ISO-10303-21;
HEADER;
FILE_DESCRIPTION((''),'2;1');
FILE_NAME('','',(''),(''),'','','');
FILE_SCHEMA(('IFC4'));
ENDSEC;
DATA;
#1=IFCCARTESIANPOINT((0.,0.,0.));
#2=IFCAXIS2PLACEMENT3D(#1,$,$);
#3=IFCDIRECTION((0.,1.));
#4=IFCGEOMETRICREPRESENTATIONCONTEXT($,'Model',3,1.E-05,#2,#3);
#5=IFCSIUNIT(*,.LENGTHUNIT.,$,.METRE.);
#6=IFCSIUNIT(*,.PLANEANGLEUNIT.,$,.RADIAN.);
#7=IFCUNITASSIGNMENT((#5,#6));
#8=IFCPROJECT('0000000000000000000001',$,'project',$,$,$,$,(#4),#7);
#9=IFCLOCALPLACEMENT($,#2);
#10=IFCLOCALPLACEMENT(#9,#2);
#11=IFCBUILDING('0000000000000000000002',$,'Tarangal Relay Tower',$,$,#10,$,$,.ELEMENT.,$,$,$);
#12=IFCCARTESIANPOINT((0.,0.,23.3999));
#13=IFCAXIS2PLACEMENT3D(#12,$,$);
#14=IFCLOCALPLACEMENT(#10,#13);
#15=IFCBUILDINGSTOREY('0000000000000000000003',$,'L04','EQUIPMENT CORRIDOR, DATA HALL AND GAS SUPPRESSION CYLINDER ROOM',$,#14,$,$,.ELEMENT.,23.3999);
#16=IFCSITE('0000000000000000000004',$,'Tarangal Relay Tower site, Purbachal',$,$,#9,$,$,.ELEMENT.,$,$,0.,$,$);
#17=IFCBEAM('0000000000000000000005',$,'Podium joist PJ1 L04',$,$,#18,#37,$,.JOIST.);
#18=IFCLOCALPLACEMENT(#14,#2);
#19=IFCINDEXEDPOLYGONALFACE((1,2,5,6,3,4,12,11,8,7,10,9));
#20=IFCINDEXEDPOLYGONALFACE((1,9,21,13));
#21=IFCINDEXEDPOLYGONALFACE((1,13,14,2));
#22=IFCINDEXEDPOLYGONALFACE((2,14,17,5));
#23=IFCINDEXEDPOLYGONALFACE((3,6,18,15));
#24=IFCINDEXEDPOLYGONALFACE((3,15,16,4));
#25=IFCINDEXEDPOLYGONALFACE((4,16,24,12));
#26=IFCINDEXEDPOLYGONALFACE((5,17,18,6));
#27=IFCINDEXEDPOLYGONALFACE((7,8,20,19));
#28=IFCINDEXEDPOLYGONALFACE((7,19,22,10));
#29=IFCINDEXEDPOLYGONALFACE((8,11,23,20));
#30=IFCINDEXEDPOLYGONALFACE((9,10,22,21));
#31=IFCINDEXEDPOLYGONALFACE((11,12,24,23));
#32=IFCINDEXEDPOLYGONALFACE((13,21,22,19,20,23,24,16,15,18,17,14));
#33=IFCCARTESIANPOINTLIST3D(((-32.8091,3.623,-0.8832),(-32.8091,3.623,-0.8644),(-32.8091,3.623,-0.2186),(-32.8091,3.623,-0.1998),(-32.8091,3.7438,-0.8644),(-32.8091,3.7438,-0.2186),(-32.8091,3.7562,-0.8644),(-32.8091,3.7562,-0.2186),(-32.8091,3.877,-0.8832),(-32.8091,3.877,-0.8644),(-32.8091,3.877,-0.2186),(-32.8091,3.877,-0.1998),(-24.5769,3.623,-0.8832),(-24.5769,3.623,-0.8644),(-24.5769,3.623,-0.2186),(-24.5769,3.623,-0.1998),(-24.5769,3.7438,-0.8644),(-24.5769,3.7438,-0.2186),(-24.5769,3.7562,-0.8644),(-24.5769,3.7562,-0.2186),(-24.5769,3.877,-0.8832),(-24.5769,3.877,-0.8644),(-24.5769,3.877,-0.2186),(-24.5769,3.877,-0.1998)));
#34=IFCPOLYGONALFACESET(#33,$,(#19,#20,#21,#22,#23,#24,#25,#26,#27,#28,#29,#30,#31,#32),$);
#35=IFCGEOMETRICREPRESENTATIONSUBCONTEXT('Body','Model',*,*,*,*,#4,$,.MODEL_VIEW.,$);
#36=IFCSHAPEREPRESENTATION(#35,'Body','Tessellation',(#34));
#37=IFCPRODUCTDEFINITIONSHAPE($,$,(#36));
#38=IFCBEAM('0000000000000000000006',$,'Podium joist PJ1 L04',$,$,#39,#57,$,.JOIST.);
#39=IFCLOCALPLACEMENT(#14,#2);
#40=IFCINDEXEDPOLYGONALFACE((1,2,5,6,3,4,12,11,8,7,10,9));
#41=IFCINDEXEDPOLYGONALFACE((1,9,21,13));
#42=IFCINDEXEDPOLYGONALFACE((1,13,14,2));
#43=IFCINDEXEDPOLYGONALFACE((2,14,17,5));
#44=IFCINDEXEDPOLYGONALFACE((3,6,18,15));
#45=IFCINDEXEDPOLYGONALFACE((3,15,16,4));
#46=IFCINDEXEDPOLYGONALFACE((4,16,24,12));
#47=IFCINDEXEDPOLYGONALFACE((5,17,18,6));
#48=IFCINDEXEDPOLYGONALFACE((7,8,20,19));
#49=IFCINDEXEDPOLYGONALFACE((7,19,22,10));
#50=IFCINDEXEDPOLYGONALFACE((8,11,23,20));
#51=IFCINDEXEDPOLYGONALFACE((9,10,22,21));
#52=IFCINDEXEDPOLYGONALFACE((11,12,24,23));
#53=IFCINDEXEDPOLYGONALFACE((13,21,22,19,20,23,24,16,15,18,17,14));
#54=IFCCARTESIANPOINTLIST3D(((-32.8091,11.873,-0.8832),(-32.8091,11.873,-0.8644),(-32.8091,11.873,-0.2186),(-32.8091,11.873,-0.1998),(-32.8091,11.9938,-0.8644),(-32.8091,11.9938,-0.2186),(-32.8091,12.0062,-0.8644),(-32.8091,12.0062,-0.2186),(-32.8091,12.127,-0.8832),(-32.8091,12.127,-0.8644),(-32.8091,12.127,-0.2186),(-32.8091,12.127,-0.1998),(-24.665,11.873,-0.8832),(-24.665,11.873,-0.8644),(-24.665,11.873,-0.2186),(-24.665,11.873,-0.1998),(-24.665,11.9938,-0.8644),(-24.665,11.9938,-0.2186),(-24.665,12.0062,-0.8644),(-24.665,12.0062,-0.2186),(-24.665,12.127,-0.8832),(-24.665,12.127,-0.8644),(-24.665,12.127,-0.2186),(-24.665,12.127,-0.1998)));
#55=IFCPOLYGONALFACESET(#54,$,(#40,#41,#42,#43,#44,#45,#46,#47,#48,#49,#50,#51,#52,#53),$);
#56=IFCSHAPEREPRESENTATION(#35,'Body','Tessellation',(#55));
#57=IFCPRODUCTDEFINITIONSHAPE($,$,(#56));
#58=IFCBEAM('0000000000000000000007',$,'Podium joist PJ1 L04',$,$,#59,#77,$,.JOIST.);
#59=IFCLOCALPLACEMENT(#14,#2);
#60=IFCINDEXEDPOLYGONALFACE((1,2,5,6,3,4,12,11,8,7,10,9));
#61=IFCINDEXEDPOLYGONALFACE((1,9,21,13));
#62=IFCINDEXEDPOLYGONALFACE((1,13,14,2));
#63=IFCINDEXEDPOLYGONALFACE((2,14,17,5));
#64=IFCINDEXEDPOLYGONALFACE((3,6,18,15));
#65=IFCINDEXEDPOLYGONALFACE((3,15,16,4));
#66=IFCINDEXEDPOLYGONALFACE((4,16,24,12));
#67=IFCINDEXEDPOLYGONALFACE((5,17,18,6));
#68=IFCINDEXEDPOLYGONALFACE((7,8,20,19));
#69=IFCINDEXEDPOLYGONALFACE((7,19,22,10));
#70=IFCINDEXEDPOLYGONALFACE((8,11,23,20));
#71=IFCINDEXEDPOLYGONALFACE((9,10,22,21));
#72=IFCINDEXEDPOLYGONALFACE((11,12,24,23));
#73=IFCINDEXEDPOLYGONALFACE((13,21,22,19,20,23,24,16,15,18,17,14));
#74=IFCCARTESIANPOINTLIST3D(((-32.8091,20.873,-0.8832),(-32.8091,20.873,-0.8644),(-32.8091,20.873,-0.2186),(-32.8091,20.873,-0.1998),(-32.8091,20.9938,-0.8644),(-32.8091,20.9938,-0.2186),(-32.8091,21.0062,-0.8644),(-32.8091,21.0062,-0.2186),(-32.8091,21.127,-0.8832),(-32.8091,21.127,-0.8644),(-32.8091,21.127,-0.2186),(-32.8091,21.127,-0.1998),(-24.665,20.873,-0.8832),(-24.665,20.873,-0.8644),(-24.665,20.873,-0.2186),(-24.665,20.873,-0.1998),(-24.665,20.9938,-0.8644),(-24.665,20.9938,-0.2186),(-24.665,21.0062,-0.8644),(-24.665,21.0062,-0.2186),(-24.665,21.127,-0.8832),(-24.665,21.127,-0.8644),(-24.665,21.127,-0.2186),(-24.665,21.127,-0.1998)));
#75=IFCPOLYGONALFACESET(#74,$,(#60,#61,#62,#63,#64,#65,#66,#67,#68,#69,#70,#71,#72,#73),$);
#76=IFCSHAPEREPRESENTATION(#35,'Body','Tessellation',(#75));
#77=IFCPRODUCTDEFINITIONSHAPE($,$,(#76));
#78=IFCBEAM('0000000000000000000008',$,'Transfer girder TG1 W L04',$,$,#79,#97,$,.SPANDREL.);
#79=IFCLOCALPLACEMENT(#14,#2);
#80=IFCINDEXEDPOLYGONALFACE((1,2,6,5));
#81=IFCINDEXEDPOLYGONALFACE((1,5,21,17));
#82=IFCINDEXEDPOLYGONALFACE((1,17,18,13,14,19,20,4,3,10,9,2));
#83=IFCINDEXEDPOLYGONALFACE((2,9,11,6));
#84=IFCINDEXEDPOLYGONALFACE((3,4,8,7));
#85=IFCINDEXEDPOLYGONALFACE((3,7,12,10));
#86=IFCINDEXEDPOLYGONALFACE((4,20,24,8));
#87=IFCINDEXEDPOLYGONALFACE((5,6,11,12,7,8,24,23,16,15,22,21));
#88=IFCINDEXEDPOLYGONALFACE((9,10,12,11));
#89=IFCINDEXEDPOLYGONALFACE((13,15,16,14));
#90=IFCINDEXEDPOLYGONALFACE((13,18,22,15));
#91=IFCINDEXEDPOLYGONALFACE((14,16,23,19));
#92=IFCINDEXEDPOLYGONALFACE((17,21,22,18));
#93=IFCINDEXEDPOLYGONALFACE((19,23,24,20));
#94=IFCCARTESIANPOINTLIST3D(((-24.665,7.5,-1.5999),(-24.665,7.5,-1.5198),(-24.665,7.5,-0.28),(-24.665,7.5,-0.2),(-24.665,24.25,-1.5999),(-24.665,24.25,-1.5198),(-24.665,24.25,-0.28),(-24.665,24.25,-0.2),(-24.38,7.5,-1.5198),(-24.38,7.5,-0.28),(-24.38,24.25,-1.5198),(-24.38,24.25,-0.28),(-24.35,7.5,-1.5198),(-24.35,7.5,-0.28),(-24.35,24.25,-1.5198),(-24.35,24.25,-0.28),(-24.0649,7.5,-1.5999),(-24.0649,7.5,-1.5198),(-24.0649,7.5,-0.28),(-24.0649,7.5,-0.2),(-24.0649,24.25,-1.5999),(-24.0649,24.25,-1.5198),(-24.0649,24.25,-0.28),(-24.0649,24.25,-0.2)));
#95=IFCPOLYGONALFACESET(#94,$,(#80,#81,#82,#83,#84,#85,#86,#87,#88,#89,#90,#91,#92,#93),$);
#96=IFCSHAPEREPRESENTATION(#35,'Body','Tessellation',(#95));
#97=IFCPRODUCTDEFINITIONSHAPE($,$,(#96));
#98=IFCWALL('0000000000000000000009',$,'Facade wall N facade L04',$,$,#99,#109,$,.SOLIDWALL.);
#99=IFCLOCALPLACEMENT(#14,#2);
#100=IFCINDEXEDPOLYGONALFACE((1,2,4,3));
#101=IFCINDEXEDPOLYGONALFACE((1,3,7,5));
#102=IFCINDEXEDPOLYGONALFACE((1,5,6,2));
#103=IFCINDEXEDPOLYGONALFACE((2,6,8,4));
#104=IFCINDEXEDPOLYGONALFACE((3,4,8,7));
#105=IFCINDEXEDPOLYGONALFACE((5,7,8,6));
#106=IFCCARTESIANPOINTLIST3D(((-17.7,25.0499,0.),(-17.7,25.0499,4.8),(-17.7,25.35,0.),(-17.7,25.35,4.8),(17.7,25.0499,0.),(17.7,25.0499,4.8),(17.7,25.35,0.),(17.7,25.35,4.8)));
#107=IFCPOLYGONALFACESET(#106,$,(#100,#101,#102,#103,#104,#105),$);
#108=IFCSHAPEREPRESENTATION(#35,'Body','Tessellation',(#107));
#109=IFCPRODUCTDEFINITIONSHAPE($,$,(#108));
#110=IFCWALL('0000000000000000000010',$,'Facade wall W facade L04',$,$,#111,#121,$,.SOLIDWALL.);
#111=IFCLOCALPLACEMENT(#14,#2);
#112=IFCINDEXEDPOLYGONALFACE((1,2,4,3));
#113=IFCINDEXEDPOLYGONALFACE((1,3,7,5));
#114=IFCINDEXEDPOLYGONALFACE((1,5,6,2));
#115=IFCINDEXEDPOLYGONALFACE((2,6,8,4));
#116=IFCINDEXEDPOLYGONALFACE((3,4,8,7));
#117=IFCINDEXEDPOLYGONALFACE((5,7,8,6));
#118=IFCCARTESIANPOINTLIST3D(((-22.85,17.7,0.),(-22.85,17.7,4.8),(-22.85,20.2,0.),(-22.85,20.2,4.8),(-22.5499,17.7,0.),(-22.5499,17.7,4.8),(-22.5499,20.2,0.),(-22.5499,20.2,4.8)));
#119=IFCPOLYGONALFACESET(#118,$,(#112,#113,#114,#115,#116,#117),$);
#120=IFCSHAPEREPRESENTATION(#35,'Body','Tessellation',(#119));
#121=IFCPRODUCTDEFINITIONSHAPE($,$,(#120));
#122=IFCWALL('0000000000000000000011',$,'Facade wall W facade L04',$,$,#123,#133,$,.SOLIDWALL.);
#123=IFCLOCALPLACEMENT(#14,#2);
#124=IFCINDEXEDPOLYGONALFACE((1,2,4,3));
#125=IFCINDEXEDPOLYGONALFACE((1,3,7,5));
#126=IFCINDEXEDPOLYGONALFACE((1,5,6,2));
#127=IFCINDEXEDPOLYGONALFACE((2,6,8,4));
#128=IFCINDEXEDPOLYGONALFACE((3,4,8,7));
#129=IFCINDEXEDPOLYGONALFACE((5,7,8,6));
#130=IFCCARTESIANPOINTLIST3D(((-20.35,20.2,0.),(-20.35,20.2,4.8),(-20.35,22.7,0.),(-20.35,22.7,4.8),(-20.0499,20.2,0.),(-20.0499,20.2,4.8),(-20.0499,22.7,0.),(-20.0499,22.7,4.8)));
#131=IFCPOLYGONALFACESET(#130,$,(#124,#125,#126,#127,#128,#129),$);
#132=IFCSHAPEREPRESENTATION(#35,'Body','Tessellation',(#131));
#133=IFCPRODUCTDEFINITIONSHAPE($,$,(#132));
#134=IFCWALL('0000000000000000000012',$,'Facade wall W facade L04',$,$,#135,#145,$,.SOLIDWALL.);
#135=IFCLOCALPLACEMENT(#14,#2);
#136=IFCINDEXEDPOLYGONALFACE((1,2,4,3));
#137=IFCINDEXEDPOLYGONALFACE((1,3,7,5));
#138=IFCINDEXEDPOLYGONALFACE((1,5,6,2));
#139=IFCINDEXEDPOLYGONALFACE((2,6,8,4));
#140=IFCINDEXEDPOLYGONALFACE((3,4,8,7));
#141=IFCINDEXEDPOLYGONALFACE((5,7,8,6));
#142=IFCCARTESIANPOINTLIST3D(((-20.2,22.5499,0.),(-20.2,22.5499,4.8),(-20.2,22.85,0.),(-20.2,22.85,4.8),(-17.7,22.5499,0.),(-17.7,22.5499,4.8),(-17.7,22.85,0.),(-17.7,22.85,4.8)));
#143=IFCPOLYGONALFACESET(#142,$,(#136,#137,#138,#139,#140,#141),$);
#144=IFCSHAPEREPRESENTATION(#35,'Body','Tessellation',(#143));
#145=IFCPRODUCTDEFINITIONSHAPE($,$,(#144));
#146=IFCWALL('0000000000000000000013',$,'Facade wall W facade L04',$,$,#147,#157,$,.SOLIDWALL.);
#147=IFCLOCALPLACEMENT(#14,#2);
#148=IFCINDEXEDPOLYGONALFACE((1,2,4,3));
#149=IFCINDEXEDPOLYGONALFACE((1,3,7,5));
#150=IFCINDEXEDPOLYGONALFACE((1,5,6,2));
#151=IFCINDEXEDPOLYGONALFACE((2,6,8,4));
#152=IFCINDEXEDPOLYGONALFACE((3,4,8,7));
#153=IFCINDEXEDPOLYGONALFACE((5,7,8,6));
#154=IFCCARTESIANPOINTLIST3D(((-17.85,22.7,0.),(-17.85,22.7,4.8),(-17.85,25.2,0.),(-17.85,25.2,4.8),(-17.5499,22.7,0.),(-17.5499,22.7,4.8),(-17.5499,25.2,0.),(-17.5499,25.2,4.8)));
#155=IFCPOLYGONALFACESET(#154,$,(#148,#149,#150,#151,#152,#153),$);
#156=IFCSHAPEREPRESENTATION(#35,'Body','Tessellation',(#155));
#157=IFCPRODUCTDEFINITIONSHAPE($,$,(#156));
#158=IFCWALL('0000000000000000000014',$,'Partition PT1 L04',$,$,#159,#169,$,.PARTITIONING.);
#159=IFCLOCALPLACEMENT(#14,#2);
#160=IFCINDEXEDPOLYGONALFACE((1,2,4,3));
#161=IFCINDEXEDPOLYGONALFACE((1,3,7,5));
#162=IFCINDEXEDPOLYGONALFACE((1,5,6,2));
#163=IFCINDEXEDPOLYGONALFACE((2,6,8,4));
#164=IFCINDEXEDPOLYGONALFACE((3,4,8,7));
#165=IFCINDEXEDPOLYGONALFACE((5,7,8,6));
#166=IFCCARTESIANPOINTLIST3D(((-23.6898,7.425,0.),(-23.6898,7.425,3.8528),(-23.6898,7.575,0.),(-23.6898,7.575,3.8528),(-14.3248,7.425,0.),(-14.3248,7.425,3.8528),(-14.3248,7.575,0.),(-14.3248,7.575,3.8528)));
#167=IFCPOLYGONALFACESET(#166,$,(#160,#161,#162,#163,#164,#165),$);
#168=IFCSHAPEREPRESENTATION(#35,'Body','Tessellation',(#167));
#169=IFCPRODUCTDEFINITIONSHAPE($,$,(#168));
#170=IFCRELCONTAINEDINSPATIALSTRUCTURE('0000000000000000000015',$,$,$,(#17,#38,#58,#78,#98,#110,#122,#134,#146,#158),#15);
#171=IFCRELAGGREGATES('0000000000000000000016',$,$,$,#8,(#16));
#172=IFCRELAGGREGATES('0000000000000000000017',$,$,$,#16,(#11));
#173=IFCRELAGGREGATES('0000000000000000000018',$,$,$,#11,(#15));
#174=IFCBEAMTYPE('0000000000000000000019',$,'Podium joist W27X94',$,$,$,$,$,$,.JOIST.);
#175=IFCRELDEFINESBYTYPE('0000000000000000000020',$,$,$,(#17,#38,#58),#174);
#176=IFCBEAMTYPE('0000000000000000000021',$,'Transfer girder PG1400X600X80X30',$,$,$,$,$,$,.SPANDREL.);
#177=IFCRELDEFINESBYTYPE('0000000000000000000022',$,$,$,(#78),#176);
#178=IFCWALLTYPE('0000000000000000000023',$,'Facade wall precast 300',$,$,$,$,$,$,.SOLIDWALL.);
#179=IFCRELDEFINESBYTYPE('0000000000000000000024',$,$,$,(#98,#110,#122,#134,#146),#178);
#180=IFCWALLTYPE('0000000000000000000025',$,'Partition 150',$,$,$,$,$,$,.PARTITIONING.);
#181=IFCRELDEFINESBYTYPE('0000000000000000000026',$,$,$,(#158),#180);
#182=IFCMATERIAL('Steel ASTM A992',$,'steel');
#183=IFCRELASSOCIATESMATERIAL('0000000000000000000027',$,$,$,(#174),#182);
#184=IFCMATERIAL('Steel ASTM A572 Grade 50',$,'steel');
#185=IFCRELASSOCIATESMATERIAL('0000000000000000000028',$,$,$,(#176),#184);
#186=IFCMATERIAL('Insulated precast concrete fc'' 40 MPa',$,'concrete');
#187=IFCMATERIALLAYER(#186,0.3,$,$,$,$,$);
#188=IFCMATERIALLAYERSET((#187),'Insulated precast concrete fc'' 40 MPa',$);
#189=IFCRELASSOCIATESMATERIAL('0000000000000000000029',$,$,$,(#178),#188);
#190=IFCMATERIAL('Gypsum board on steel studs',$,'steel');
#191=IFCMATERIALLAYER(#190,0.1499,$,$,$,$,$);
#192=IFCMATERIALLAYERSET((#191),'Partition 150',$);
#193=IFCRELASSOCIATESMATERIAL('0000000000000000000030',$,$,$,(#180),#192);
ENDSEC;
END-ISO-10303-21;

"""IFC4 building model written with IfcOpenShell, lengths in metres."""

from ifc_helpers import new_model, si_unit, direction, frame, frame_2d, origin, origin_2d, place, context, subcontext, project, spatial, rectangle, i_section, extrude, material, layer, layer_set, material_profile, profile_set, type_object, element, save


model = new_model("IFC4")

# Units and contexts
model_context = context("Model", 3, precision=1e-05, world=origin(), true_north=direction((0.0, 1.0)))
body_context = subcontext(model_context, "Body", "Model", "MODEL_VIEW")
ifc_project = project(units=[si_unit("LENGTHUNIT", "METRE"), si_unit("PLANEANGLEUNIT", "RADIAN")], contexts=[model_context])

# Site, building, storey
site_placement = place(None, origin())
site = spatial("IfcSite", under=ifc_project, at=site_placement, Name="Tarangal Relay Tower site, Purbachal", CompositionType="ELEMENT", RefElevation=0.0)
building_placement = place(site_placement, origin())
building = spatial("IfcBuilding", under=site, at=building_placement, Name="Tarangal Relay Tower", CompositionType="ELEMENT")
storey_placement = place(building_placement, frame((0.0, 0.0, 23.3999)))
storey = spatial("IfcBuildingStorey", under=building, at=storey_placement, Name="L04", Description="EQUIPMENT CORRIDOR, DATA HALL AND GAS SUPPRESSION CYLINDER ROOM", CompositionType="ELEMENT", Elevation=23.3999)

# Shared definitions
ifc_material_1 = material(Name="Steel ASTM A572 Grade 50", Category="steel")

# Beams
ifc_material_2 = material(Name="Steel ASTM A992", Category="steel")
ifc_material_profile_1 = material_profile(ifc_material_2, i_section(OverallWidth=0.2539, OverallDepth=0.6833, WebThickness=0.0125, FlangeThickness=0.0188, at=origin_2d()), Name="W27X94")
ifc_profile_set_1 = profile_set([ifc_material_profile_1], Name="Steel ASTM A992")
beam_type_1 = type_object("IfcBeamType", Name="Podium joist W27X94", PredefinedType="JOIST", material=ifc_profile_set_1)
beam_1_placement = place(storey_placement, frame((-24.5769, 3.75, -0.5415), z_axis=(-1.0, 0.0, 0.0), x_axis=(0.0, -1.0, 0.0)))
element("IfcBeam", 1, at=beam_1_placement, inside=storey, type_object=beam_type_1, Name="Podium joist PJ1 L04", PredefinedType="JOIST", context=body_context, shape_type="SweptSolid", body=[
    extrude(i_section(OverallWidth=0.2539, OverallDepth=0.6833, WebThickness=0.0125, FlangeThickness=0.0188, at=origin_2d()), origin(), (0.0, 0.0, 1.0), 8.2322),
])
for number, where, z_axis, x_axis, name in (
    (2, (-24.665, 12.0, -0.5415), (-1.0, 0.0, 0.0), (0.0, -1.0, 0.0), "Podium joist PJ1 L04"),
    (3, (-24.665, 21.0, -0.5415), (-1.0, 0.0, 0.0), (0.0, -1.0, 0.0), "Podium joist PJ1 L04"),
):
    element("IfcBeam", number, at=place(storey_placement, frame(where, z_axis=z_axis, x_axis=x_axis)), inside=storey, type_object=beam_type_1, Name=name, PredefinedType="JOIST", context=body_context, shape_type="SweptSolid", body=[
        extrude(i_section(OverallWidth=0.2539, OverallDepth=0.6833, WebThickness=0.0125, FlangeThickness=0.0188, at=origin_2d()), origin(), (0.0, 0.0, 1.0), 8.144),
    ])
ifc_material_profile_2 = material_profile(ifc_material_1, i_section(OverallWidth=0.6001, OverallDepth=1.3999, WebThickness=0.03, FlangeThickness=0.0801, at=origin_2d()), Name="PG1400X600X80X30")
ifc_profile_set_2 = profile_set([ifc_material_profile_2], Name="Steel ASTM A572 Grade 50")
beam_type_2 = type_object("IfcBeamType", Name="Transfer girder PG1400X600X80X30", PredefinedType="SPANDREL", material=ifc_profile_set_2)
beam_2_placement = place(storey_placement, frame((-24.365, 7.5, -0.8999), z_axis=(0.0, 1.0, 0.0), x_axis=(-1.0, 0.0, 0.0)))
element("IfcBeam", 4, at=beam_2_placement, inside=storey, type_object=beam_type_2, Name="Transfer girder TG1 W L04", PredefinedType="SPANDREL", context=body_context, shape_type="SweptSolid", body=[
    extrude(i_section(OverallWidth=0.6001, OverallDepth=1.3999, WebThickness=0.03, FlangeThickness=0.0801, at=origin_2d()), origin(), (0.0, 0.0, 1.0), 16.75),
])

# Walls
ifc_material_3 = material(Name="Insulated precast concrete fc' 40 MPa", Category="concrete")
ifc_layer_1 = layer(ifc_material_3, 0.3)
ifc_layer_set_1 = layer_set([ifc_layer_1], Name="Insulated precast concrete fc' 40 MPa")
wall_type_1 = type_object("IfcWallType", Name="Facade wall precast 300", PredefinedType="SOLIDWALL", material=ifc_layer_set_1)
wall_1_placement = place(storey_placement, frame((-17.7, 25.2, 0.0), z_axis=(0.0, 0.0, 1.0), x_axis=(1.0, 0.0, 0.0)))
element("IfcWall", 5, at=wall_1_placement, inside=storey, type_object=wall_type_1, Name="Facade wall N facade L04", PredefinedType="SOLIDWALL", context=body_context, shape_type="SweptSolid", body=[
    extrude(rectangle(XDim=35.3999, YDim=0.3, at=frame_2d((17.7, 0.0))), origin(), (0.0, 0.0, 1.0), 4.8),
])
wall_2_placement = place(storey_placement, frame((-22.7, 17.7, 0.0), z_axis=(0.0, 0.0, 1.0), x_axis=(0.0, 1.0, 0.0)))
element("IfcWall", 6, at=wall_2_placement, inside=storey, type_object=wall_type_1, Name="Facade wall W facade L04", PredefinedType="SOLIDWALL", context=body_context, shape_type="SweptSolid", body=[
    extrude(rectangle(XDim=2.5, YDim=0.3, at=frame_2d((1.25, 0.0))), origin(), (0.0, 0.0, 1.0), 4.8),
])

# Walls
for number, where, z_axis, x_axis, name in (
    (7, (-20.2, 20.2, 0.0), (0.0, 0.0, 1.0), (0.0, 1.0, 0.0), "Facade wall W facade L04"),
    (8, (-20.2, 22.7, 0.0), (0.0, 0.0, 1.0), (1.0, 0.0, 0.0), "Facade wall W facade L04"),
    (9, (-17.7, 22.7, 0.0), (0.0, 0.0, 1.0), (0.0, 1.0, 0.0), "Facade wall W facade L04"),
):
    element("IfcWall", number, at=place(storey_placement, frame(where, z_axis=z_axis, x_axis=x_axis)), inside=storey, type_object=wall_type_1, Name=name, PredefinedType="SOLIDWALL", context=body_context, shape_type="SweptSolid", body=[
        extrude(rectangle(XDim=2.5, YDim=0.3, at=frame_2d((1.25, 0.0))), origin(), (0.0, 0.0, 1.0), 4.8),
    ])
ifc_material_4 = material(Name="Gypsum board on steel studs", Category="steel")
ifc_layer_2 = layer(ifc_material_4, 0.1499)
ifc_layer_set_2 = layer_set([ifc_layer_2], Name="Partition 150")
wall_type_2 = type_object("IfcWallType", Name="Partition 150", PredefinedType="PARTITIONING", material=ifc_layer_set_2)
wall_3_placement = place(storey_placement, frame((-23.6899, 7.5, 0.0), z_axis=(0.0, 0.0, 1.0), x_axis=(1.0, 0.0, 0.0)))
element("IfcWall", 10, at=wall_3_placement, inside=storey, type_object=wall_type_2, Name="Partition PT1 L04", PredefinedType="PARTITIONING", context=body_context, shape_type="SweptSolid", body=[
    extrude(rectangle(XDim=9.365, YDim=0.1499, at=frame_2d((4.6826, 0.0))), origin(), (0.0, 0.0, 1.0), 3.8528),
])

save(model, "model.ifc")
